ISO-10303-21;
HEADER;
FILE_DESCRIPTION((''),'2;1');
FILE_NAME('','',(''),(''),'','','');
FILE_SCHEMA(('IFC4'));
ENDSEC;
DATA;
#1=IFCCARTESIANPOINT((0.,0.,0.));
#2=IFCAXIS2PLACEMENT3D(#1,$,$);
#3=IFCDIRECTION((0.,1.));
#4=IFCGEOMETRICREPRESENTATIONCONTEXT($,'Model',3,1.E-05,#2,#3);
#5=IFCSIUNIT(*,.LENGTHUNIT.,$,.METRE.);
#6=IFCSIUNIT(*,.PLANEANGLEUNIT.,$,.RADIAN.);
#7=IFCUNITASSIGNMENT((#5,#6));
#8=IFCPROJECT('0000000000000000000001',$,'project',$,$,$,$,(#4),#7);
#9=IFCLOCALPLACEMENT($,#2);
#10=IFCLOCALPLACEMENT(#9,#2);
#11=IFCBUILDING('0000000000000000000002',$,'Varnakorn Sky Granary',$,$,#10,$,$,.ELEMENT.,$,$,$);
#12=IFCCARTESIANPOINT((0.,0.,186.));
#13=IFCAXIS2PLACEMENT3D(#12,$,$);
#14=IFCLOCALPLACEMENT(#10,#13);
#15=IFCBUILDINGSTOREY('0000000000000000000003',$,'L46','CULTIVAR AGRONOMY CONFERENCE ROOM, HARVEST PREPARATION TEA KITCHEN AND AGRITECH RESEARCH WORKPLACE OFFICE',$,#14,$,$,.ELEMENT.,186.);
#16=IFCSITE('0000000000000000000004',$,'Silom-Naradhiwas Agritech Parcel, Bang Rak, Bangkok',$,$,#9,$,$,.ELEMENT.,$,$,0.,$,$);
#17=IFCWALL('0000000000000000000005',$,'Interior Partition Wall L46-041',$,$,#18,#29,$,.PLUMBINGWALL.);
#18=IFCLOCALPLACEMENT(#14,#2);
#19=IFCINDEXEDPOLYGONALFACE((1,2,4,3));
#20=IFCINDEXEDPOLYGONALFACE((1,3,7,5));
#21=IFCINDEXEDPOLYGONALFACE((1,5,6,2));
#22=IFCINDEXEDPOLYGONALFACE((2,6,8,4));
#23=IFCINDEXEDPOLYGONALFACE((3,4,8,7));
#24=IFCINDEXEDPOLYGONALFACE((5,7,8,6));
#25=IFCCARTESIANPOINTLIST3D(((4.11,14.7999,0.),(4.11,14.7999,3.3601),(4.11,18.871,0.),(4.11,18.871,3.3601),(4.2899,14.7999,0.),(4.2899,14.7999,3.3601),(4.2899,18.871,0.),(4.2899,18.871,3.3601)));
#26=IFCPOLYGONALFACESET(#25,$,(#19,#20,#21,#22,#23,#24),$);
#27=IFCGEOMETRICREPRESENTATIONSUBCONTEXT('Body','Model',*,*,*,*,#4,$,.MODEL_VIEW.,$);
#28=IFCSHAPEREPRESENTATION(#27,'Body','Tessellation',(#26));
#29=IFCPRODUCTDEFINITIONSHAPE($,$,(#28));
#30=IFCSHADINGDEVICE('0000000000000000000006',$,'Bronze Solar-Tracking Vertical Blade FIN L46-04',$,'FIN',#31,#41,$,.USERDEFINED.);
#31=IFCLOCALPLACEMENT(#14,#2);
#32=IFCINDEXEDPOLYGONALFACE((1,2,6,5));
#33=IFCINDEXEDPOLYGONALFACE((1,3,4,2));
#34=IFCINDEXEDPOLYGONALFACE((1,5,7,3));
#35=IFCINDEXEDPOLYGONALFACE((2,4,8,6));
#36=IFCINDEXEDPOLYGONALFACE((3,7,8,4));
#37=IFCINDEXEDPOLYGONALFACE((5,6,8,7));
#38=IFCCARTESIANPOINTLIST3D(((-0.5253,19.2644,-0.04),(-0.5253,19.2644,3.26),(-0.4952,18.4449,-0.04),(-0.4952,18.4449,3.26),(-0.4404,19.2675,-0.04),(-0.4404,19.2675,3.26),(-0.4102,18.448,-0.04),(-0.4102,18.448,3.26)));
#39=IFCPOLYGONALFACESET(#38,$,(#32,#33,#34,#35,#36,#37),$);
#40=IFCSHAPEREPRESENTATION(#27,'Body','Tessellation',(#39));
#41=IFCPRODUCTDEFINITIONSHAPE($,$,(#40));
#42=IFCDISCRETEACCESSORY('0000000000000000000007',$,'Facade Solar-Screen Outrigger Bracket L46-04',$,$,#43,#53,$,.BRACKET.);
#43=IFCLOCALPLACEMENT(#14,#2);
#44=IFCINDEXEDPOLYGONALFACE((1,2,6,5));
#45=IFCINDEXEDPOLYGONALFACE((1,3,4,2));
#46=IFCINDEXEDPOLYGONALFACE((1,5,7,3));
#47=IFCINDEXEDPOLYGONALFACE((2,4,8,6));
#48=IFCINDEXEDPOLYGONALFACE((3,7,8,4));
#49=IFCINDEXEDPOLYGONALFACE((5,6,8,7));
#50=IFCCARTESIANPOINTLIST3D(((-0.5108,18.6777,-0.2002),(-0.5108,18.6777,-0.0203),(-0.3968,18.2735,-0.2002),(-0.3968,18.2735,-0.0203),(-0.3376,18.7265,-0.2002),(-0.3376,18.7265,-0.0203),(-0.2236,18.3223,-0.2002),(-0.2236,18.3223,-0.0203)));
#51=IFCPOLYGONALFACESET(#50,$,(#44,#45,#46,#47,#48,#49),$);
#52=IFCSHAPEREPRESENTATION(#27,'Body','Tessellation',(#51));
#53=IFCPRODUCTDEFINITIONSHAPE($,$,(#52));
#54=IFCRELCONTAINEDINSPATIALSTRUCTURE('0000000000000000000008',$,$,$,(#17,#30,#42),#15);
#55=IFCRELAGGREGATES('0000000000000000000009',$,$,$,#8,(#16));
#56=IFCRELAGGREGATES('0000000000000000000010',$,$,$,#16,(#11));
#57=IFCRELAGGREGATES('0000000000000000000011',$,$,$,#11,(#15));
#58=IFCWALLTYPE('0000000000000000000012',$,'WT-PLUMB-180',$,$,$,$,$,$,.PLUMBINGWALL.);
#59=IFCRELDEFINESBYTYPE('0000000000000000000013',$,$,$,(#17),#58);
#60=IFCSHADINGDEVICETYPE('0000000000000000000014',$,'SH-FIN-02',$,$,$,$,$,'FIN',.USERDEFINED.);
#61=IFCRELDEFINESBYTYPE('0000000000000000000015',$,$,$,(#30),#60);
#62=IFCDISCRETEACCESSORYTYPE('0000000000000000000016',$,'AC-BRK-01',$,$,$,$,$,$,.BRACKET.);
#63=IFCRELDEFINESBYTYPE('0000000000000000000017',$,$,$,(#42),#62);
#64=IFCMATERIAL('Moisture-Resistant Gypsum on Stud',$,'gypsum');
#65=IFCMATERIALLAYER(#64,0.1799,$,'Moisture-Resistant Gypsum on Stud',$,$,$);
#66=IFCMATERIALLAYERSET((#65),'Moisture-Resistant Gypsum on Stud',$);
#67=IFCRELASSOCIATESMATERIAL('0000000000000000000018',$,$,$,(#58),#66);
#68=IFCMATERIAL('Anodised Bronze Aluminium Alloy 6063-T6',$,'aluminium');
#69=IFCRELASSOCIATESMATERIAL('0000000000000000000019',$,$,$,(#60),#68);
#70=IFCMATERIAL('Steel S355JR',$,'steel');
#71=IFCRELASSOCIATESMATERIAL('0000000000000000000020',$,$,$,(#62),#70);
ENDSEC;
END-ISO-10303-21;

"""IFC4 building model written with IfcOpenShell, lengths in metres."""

from ifc_helpers import new_model, si_unit, direction, frame, frame_2d, origin, origin_2d, place, context, subcontext, project, spatial, rectangle, extrude, source, transform, mapped, material, layer, layer_set, type_object, type_shapes, element, save


model = new_model("IFC4")

# Units and contexts
model_context = context("Model", 3, precision=1e-05, world=origin(), true_north=direction((0.0, 1.0)))
body_context = subcontext(model_context, "Body", "Model", "MODEL_VIEW")
ifc_project = project(units=[si_unit("LENGTHUNIT", "METRE"), si_unit("PLANEANGLEUNIT", "RADIAN")], contexts=[model_context])

# Site, building, storey
site_placement = place(None, origin())
site = spatial("IfcSite", under=ifc_project, at=site_placement, Name="Silom-Naradhiwas Agritech Parcel, Bang Rak, Bangkok", CompositionType="ELEMENT", RefElevation=0.0)
building_placement = place(site_placement, origin())
building = spatial("IfcBuilding", under=site, at=building_placement, Name="Varnakorn Sky Granary", CompositionType="ELEMENT")
storey_placement = place(building_placement, frame((0.0, 0.0, 186.0)))
storey = spatial("IfcBuildingStorey", under=building, at=storey_placement, Name="L46", Description="CULTIVAR AGRONOMY CONFERENCE ROOM, HARVEST PREPARATION TEA KITCHEN AND AGRITECH RESEARCH WORKPLACE OFFICE", CompositionType="ELEMENT", Elevation=186.0)

# Shared definitions
ifc_material_1 = material(Name="Steel S355JR", Category="steel")

# Shared definitions
ifc_material_2 = material(Name="Anodised Bronze Aluminium Alloy 6063-T6", Category="aluminium")

# Wall
ifc_material_3 = material(Name="Moisture-Resistant Gypsum on Stud", Category="gypsum")
ifc_layer_1 = layer(ifc_material_3, 0.1799, Name="Moisture-Resistant Gypsum on Stud")
ifc_layer_set_1 = layer_set([ifc_layer_1], Name="Moisture-Resistant Gypsum on Stud")
wall_type_1 = type_object("IfcWallType", Name="WT-PLUMB-180", PredefinedType="PLUMBINGWALL", material=ifc_layer_set_1)
wall_1_placement = place(storey_placement, frame((4.2, 18.8711, 0.0), z_axis=(0.0, 0.0, 1.0), x_axis=(0.0, -1.0, 0.0)))
element("IfcWall", 1, at=wall_1_placement, inside=storey, type_object=wall_type_1, Name="Interior Partition Wall L46-041", PredefinedType="PLUMBINGWALL", context=body_context, shape_type="SweptSolid", body=[
    extrude(rectangle(XDim=4.071, YDim=0.1799, at=frame_2d((2.0356, 0.0))), origin(), (0.0, 0.0, 1.0), 3.3601),
])

# Shading device
shading_device_type = type_object("IfcShadingDeviceType", Name="SH-FIN-02", ElementType="FIN", PredefinedType="USERDEFINED", material=ifc_material_2)
shared_shape_1 = source(origin(), body_context, "Body", "SweptSolid", [
    extrude(rectangle(XDim=0.085, YDim=0.8201, at=origin_2d()), origin(), (0.0, 0.0, 1.0), 3.3),
])
type_shapes(shading_device_type, [shared_shape_1])
shading_device_placement = place(storey_placement, frame((-0.4678, 18.8562, -0.04), z_axis=(0.0, 0.0, 1.0), x_axis=(-0.999324, -0.036762, 0.0)))
element("IfcShadingDevice", 2, at=shading_device_placement, inside=storey, type_object=shading_device_type, Name="Bronze Solar-Tracking Vertical Blade FIN L46-04", ObjectType="FIN", PredefinedType="USERDEFINED", context=body_context, shape_type="MappedRepresentation", body=[
    mapped(shared_shape_1, transform((0.0, 0.0, 0.0), x_axis=(1.0, 0.0, 0.0), y_axis=(0.0, 1.0, 0.0), z_axis=(0.0, 0.0, 1.0), scale=1.0)),
])

# Discrete accessory
discrete_accessory_type = type_object("IfcDiscreteAccessoryType", Name="AC-BRK-01", PredefinedType="BRACKET", material=ifc_material_1)
shared_shape_2 = source(origin(), body_context, "Body", "SweptSolid", [
    extrude(rectangle(XDim=0.1799, YDim=0.4199, at=origin_2d()), origin(), (0.0, 0.0, 1.0), 0.1799),
])
type_shapes(discrete_accessory_type, [shared_shape_2])
discrete_accessory_placement = place(storey_placement, frame((-0.3672, 18.5, -0.2002), z_axis=(0.0, 0.0, 1.0), x_axis=(-0.962459, -0.271428, 0.0)))
element("IfcDiscreteAccessory", 3, at=discrete_accessory_placement, inside=storey, type_object=discrete_accessory_type, Name="Facade Solar-Screen Outrigger Bracket L46-04", PredefinedType="BRACKET", context=body_context, shape_type="MappedRepresentation", body=[
    mapped(shared_shape_2, transform((0.0, 0.0, 0.0), x_axis=(1.0, 0.0, 0.0), y_axis=(0.0, 1.0, 0.0), z_axis=(0.0, 0.0, 1.0), scale=1.0)),
])

save(model, "model.ifc")
